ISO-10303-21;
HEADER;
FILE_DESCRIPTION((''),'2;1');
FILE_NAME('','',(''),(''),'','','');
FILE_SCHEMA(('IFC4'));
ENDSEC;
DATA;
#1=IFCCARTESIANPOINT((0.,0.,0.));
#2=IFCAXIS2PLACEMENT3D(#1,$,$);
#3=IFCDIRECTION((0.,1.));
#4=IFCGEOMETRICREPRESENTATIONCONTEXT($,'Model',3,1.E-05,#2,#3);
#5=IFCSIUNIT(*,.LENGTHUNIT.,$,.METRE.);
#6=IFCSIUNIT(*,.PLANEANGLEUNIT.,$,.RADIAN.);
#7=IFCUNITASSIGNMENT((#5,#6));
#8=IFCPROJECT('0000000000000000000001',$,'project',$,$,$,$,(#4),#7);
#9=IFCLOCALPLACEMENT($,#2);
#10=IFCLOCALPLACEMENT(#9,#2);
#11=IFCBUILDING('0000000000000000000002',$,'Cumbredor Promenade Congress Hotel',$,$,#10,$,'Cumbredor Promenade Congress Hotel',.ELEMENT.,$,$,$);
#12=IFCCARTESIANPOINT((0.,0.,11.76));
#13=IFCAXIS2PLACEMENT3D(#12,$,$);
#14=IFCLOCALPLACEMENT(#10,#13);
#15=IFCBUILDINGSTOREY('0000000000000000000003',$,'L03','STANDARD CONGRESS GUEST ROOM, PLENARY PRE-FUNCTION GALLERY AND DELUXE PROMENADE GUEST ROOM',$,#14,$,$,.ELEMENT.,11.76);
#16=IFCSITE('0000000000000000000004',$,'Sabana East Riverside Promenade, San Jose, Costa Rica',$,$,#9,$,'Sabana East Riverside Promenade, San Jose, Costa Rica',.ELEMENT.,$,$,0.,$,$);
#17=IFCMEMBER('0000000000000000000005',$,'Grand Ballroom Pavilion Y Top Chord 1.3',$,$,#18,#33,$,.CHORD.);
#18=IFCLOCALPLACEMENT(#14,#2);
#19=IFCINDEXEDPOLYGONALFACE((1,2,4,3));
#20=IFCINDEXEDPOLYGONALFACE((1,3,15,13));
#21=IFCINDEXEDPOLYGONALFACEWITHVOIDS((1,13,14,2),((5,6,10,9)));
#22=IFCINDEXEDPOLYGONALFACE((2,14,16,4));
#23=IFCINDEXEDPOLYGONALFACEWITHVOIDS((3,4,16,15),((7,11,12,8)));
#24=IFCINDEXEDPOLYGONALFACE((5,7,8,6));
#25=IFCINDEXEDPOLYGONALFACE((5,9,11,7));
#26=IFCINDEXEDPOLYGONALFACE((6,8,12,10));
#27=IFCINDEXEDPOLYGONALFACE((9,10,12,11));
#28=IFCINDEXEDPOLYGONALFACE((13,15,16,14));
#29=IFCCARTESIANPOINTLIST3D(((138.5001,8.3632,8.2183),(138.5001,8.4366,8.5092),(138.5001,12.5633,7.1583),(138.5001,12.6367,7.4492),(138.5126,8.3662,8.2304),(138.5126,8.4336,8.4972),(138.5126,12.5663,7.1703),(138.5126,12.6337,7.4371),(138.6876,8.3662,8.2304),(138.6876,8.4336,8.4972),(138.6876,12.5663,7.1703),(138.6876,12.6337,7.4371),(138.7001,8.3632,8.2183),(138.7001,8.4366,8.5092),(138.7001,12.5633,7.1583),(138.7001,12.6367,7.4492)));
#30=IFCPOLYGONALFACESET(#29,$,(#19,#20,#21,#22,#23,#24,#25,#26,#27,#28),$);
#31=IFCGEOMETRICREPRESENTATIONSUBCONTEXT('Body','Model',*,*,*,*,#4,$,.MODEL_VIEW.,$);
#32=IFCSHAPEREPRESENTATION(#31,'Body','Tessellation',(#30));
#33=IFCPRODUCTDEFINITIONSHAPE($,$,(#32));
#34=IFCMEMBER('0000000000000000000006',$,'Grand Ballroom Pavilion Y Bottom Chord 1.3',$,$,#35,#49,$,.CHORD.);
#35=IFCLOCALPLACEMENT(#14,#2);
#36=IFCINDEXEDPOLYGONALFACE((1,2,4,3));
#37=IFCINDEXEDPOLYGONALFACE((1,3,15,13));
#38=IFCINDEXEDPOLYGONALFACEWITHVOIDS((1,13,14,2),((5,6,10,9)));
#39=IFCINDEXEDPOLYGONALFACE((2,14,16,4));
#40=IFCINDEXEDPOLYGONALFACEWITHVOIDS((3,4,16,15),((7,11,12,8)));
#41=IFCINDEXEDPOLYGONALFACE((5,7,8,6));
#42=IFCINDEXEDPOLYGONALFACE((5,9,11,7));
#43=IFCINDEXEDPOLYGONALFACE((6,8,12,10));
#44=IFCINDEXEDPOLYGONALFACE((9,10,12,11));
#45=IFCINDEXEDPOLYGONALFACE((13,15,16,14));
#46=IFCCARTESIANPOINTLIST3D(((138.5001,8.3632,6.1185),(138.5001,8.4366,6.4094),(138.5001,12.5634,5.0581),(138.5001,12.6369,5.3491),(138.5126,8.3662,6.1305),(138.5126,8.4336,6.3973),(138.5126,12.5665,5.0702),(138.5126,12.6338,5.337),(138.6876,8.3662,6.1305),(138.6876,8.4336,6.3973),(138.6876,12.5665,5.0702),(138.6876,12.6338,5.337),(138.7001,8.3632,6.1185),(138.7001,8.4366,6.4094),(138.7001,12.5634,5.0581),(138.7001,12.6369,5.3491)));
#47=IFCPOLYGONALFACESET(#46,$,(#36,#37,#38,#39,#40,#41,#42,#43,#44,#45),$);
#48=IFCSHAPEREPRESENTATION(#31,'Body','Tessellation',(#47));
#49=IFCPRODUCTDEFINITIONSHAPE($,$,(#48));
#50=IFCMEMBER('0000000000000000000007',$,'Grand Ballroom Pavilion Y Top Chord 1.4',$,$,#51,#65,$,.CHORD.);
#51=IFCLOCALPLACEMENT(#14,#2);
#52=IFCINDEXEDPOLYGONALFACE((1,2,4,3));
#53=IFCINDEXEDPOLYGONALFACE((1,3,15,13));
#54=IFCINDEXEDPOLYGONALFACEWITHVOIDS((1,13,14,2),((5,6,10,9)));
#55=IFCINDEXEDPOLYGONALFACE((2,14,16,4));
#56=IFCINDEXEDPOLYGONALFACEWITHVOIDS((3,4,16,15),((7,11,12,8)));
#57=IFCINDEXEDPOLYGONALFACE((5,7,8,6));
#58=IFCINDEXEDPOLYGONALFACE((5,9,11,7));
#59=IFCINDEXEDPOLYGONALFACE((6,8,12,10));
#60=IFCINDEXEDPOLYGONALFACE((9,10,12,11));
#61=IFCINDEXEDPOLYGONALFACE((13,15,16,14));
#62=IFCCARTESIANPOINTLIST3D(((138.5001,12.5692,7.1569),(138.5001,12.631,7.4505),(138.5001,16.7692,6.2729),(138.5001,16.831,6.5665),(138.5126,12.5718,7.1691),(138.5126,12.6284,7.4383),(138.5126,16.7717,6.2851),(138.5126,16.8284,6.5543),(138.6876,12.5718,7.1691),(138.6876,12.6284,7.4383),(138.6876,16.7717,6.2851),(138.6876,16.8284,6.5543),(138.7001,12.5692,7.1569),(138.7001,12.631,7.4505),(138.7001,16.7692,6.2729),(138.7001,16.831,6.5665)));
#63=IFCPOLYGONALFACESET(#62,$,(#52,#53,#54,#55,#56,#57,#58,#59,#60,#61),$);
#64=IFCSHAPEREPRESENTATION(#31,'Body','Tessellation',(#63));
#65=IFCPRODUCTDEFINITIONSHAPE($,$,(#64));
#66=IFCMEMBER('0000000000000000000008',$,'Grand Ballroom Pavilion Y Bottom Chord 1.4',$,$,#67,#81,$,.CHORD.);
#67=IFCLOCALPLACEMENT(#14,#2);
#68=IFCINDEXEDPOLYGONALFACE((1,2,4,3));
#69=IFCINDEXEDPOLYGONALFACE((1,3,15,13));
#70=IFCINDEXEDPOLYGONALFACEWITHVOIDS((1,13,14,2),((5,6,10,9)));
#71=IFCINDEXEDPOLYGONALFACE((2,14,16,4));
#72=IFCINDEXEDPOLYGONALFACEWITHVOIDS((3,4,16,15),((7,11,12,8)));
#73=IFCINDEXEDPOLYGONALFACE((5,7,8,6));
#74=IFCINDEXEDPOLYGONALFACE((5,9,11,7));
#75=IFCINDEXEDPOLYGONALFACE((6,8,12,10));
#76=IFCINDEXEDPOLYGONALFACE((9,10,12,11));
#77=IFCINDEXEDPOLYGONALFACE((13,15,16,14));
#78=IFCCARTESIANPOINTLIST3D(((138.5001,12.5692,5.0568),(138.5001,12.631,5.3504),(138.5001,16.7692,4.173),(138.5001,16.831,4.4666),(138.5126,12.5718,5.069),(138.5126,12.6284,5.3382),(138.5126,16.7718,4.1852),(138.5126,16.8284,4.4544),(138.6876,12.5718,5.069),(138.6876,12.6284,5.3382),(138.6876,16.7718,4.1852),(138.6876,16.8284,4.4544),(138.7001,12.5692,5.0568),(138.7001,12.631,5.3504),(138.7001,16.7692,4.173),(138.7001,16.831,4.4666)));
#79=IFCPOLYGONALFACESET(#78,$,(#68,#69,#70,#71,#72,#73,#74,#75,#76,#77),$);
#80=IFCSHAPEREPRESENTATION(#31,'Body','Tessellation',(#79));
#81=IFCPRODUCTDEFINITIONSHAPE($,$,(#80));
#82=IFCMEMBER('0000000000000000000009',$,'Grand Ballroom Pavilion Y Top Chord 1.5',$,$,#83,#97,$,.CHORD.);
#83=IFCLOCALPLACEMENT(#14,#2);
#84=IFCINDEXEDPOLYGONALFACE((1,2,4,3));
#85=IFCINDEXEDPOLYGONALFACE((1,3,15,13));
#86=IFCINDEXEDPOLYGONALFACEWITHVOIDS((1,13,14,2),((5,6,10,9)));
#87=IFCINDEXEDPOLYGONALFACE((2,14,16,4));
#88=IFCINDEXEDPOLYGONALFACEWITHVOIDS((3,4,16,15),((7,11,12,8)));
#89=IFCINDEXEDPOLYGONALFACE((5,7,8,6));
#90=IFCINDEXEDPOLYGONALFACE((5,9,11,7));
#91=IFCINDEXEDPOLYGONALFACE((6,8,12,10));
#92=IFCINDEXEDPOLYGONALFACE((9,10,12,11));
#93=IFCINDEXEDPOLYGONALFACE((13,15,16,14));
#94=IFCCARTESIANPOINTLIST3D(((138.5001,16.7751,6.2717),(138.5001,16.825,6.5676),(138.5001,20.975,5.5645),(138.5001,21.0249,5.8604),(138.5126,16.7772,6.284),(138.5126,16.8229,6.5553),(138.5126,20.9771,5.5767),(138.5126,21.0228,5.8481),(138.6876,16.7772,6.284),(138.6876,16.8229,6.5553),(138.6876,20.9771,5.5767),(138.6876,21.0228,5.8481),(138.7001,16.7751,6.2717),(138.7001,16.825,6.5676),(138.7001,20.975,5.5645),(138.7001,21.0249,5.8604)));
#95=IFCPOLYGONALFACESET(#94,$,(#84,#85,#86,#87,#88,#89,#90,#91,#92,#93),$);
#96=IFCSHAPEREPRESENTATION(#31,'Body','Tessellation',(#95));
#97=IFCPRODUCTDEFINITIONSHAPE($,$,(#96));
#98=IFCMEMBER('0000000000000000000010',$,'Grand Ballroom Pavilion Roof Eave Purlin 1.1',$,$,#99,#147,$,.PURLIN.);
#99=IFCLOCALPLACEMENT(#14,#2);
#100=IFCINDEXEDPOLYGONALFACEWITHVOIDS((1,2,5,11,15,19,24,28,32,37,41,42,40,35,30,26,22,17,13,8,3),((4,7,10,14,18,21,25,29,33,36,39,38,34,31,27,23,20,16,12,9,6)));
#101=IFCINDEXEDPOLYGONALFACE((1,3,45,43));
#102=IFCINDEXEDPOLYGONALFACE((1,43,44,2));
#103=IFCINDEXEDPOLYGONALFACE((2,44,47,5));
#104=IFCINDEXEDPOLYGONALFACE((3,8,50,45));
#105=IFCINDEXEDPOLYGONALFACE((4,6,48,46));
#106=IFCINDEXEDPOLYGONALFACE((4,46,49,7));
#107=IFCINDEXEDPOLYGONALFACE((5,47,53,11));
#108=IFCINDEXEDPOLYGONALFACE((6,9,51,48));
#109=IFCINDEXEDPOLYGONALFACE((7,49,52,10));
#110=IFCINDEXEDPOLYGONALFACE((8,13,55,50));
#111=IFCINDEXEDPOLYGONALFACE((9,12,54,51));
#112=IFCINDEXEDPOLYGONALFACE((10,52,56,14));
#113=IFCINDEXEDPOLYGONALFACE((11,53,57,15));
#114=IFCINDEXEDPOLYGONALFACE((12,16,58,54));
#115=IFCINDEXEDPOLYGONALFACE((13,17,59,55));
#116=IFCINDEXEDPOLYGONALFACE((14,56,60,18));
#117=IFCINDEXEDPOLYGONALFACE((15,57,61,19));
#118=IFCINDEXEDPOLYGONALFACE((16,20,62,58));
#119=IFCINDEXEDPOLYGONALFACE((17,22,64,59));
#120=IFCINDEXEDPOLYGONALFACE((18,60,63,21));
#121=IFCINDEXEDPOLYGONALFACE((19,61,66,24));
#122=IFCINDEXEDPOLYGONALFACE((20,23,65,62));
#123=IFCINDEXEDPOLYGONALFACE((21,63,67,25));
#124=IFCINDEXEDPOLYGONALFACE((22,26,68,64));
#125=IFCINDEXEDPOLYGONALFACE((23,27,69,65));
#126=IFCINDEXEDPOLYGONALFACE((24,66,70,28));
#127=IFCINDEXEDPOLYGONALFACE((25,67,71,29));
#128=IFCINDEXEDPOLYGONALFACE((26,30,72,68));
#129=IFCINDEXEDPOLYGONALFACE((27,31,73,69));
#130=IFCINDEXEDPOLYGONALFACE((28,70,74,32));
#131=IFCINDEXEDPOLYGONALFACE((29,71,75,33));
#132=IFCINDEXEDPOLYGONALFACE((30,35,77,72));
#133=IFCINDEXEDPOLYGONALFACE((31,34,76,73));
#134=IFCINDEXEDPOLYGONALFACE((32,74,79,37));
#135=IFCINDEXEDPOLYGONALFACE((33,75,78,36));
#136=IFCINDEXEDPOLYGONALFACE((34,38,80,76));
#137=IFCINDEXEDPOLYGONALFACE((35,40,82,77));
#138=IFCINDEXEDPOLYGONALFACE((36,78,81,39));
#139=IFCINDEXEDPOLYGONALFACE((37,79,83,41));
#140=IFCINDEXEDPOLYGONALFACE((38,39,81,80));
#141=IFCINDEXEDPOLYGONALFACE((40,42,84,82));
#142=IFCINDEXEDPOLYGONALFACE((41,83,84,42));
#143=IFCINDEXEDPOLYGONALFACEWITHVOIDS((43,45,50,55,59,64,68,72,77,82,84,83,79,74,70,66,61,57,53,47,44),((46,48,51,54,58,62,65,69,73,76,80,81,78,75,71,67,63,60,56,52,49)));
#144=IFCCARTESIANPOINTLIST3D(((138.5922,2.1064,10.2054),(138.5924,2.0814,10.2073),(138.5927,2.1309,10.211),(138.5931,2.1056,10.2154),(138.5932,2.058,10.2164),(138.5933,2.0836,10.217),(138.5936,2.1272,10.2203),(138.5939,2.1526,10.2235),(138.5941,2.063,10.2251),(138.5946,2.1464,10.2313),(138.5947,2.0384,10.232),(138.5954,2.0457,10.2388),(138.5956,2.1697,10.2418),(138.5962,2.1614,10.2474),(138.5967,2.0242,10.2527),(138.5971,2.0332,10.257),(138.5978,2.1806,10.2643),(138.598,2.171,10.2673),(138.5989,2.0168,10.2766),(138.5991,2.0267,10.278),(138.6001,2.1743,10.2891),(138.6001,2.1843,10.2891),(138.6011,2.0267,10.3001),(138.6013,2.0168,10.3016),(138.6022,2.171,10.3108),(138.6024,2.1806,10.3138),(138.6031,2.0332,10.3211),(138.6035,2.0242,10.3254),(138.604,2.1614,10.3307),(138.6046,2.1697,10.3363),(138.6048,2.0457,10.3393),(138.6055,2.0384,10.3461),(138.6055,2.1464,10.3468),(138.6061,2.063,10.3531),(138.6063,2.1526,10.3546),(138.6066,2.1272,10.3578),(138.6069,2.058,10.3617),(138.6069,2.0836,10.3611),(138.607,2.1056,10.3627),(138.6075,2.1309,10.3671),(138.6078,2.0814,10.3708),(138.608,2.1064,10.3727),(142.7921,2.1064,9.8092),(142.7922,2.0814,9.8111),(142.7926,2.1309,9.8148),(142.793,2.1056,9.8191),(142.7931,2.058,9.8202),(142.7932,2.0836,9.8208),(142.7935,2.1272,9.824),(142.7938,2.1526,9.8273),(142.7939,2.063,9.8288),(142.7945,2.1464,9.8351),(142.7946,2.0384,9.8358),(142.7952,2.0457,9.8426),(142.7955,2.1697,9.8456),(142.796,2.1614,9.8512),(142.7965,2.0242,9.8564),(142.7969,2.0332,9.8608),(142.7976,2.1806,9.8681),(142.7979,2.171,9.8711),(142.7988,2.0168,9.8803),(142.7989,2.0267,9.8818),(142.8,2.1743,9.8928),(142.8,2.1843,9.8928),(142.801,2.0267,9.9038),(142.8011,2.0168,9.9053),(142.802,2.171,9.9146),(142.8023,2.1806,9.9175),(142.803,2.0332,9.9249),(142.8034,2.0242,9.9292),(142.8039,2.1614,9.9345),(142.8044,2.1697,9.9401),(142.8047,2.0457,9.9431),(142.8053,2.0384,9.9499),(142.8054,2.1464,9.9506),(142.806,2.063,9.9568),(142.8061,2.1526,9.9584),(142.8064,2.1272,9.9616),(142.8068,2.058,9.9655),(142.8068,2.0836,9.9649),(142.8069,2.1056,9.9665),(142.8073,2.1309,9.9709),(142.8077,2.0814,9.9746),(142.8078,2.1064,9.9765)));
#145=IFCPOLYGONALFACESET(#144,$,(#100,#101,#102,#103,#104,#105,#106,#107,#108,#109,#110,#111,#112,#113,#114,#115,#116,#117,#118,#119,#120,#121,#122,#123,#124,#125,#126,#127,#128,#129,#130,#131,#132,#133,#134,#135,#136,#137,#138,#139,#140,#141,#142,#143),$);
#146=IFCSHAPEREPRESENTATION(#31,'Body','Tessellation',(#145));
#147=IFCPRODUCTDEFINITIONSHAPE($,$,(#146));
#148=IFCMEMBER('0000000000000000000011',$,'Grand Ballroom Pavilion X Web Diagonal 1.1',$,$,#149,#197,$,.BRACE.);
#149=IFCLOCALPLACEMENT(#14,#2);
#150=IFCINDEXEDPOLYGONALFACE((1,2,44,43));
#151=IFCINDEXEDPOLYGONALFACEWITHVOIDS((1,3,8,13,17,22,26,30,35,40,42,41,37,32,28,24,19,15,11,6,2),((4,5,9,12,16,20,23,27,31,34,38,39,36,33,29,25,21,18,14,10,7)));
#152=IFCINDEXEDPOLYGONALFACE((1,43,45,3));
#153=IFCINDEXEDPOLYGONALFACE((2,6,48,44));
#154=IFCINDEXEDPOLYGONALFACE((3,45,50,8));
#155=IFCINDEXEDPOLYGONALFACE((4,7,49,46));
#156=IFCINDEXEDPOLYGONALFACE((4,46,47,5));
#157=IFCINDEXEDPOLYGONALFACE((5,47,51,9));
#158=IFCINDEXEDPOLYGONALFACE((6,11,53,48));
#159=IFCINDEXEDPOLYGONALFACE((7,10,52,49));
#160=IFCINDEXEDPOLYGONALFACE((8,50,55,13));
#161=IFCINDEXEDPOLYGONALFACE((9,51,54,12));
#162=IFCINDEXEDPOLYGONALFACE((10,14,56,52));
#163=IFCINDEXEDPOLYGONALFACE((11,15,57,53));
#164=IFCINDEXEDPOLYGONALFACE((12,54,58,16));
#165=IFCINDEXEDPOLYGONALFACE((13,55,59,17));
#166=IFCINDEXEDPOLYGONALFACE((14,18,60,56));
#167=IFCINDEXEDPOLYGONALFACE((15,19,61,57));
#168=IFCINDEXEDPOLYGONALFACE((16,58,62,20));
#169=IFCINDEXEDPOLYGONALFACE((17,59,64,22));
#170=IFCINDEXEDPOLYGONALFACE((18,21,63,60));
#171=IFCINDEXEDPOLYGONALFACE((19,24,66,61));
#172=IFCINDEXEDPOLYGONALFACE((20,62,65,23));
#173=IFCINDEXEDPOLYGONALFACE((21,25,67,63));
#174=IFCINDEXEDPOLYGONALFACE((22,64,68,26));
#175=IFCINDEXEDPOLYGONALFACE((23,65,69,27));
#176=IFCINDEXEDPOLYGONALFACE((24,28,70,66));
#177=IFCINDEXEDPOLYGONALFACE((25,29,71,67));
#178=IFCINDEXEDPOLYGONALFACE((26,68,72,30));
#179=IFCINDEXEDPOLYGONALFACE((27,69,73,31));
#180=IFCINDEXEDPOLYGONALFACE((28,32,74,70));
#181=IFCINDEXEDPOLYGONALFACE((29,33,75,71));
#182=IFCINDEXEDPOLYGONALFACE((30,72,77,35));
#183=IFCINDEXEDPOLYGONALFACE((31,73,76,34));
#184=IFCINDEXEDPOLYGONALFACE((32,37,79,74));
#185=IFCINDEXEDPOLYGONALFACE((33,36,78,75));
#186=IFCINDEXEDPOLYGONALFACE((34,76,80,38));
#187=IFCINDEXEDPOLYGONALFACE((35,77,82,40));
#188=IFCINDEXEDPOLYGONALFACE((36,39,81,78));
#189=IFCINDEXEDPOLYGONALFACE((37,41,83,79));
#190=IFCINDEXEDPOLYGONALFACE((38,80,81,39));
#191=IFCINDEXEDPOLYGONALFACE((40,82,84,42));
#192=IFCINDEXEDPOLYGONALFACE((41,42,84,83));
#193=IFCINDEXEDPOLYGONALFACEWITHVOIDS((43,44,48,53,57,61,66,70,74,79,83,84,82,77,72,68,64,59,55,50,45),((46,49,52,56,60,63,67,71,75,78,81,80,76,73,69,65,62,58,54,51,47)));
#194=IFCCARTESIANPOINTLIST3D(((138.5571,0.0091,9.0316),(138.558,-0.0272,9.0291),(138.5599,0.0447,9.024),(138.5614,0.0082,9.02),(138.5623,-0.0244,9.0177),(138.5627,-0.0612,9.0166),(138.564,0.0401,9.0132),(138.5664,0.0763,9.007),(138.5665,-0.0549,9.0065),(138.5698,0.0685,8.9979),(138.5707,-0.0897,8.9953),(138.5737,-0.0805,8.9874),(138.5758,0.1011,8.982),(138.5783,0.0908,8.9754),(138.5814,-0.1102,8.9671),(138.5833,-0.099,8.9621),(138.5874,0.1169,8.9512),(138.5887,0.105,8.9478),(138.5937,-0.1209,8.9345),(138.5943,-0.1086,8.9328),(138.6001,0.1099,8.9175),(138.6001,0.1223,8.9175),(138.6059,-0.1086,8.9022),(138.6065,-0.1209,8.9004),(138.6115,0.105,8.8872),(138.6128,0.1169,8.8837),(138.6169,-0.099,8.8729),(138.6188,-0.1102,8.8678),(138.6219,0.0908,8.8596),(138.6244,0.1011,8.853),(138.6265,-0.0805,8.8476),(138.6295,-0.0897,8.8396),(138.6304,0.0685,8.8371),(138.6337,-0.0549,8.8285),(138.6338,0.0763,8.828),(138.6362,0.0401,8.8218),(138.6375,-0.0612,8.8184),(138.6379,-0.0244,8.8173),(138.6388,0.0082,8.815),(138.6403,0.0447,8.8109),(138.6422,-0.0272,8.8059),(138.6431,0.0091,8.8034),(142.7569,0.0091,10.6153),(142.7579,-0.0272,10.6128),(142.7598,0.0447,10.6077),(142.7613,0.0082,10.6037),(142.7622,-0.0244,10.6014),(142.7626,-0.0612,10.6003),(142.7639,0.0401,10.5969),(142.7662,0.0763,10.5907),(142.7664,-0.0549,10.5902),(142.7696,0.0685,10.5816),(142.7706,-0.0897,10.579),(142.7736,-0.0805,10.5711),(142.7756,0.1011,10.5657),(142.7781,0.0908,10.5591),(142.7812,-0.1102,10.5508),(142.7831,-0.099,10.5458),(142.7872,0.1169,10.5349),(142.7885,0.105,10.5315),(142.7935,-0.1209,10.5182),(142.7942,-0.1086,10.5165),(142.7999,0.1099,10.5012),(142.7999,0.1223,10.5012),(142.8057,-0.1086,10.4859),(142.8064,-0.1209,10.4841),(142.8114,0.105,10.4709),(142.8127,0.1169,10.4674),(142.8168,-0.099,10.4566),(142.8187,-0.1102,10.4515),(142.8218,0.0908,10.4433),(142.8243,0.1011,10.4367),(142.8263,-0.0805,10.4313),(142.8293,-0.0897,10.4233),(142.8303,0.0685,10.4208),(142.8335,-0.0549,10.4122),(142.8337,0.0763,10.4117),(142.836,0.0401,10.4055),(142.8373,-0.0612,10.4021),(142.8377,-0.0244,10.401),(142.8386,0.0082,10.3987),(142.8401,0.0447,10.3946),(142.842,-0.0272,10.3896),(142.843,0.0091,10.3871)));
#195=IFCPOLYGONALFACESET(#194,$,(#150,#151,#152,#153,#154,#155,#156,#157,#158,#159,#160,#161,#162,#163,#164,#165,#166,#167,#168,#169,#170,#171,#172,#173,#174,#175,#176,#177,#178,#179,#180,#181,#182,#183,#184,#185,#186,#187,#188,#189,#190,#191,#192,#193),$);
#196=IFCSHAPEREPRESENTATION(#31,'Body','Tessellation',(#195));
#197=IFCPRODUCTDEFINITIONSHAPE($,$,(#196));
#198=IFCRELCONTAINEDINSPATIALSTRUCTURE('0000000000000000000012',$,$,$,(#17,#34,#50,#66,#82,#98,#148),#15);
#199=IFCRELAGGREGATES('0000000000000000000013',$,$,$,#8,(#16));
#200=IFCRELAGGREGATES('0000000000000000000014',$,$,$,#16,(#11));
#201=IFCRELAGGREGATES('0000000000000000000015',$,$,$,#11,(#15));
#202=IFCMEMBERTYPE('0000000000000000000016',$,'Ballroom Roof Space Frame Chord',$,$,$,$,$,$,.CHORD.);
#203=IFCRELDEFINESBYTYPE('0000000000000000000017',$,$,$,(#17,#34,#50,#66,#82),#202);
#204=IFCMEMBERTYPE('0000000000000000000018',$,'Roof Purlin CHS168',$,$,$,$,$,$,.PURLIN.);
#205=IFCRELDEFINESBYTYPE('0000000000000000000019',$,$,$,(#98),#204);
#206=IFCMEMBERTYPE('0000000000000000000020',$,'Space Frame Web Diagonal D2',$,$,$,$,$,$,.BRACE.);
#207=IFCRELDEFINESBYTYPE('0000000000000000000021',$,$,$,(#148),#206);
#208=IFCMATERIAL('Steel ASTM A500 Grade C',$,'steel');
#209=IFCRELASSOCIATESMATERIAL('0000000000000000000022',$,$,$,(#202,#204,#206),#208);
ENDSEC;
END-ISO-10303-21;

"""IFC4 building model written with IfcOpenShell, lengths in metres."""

from ifc_helpers import new_model, si_unit, direction, frame, origin, origin_2d, place, context, subcontext, project, spatial, hollow_rectangle, hollow_circle, extrude, material, material_profile, profile_set, type_object, element, save


model = new_model("IFC4")

# Units and contexts
model_context = context("Model", 3, precision=1e-05, world=origin(), true_north=direction((0.0, 1.0)))
body_context = subcontext(model_context, "Body", "Model", "MODEL_VIEW")
ifc_project = project(units=[si_unit("LENGTHUNIT", "METRE"), si_unit("PLANEANGLEUNIT", "RADIAN")], contexts=[model_context])

# Site, building, storey
site_placement = place(None, origin())
site = spatial("IfcSite", under=ifc_project, at=site_placement, Name="Sabana East Riverside Promenade, San Jose, Costa Rica", LongName="Sabana East Riverside Promenade, San Jose, Costa Rica", CompositionType="ELEMENT", RefElevation=0.0)
building_placement = place(site_placement, origin())
building = spatial("IfcBuilding", under=site, at=building_placement, Name="Cumbredor Promenade Congress Hotel", LongName="Cumbredor Promenade Congress Hotel", CompositionType="ELEMENT")
storey_placement = place(building_placement, frame((0.0, 0.0, 11.76)))
storey = spatial("IfcBuildingStorey", under=building, at=storey_placement, Name="L03", Description="STANDARD CONGRESS GUEST ROOM, PLENARY PRE-FUNCTION GALLERY AND DELUXE PROMENADE GUEST ROOM", CompositionType="ELEMENT", Elevation=11.76)

# Members
ifc_material_1 = material(Name="Steel ASTM A500 Grade C", Category="steel")
ifc_material_profile_1 = material_profile(ifc_material_1, hollow_rectangle(XDim=0.2, YDim=0.3, WallThickness=0.0125, at=origin_2d()), Name="HSS 300x200x12.5")
ifc_profile_set_1 = profile_set([ifc_material_profile_1], Name="Steel ASTM A500 Grade C")
member_type_1 = type_object("IfcMemberType", Name="Ballroom Roof Space Frame Chord", PredefinedType="CHORD", material=ifc_profile_set_1)
member_1_placement = place(storey_placement, frame((138.6001, 8.3999, 8.3638), z_axis=(0.0, 0.969596, -0.24471), x_axis=(-1.0, 0.0, 0.0)))
element("IfcMember", 1, at=member_1_placement, inside=storey, type_object=member_type_1, Name="Grand Ballroom Pavilion Y Top Chord 1.3", PredefinedType="CHORD", context=body_context, shape_type="SweptSolid", body=[
    extrude(hollow_rectangle(XDim=0.2, YDim=0.3, WallThickness=0.0125, at=origin_2d()), origin(), (0.0, 0.0, 1.0), 4.3318),
])
member_2_placement = place(storey_placement, frame((138.6001, 8.3999, 6.2639), z_axis=(0.0, 0.969583, -0.244763), x_axis=(-1.0, 0.0, 0.0)))
element("IfcMember", 2, at=member_2_placement, inside=storey, type_object=member_type_1, Name="Grand Ballroom Pavilion Y Bottom Chord 1.3", PredefinedType="CHORD", context=body_context, shape_type="SweptSolid", body=[
    extrude(hollow_rectangle(XDim=0.2, YDim=0.3, WallThickness=0.0125, at=origin_2d()), origin(), (0.0, 0.0, 1.0), 4.332),
])
for number, where, z_axis, x_axis, name in (
    (3, (138.6001, 12.6001, 7.3037), (0.0, 0.978558, -0.205973), (-1.0, 0.0, 0.0), "Grand Ballroom Pavilion Y Top Chord 1.4"),
    (4, (138.6001, 12.6001, 5.2036), (0.0, 0.978569, -0.205919), (-1.0, 0.0, 0.0), "Grand Ballroom Pavilion Y Bottom Chord 1.4"),
):
    element("IfcMember", number, at=place(storey_placement, frame(where, z_axis=z_axis, x_axis=x_axis)), inside=storey, type_object=member_type_1, Name=name, PredefinedType="CHORD", context=body_context, shape_type="SweptSolid", body=[
        extrude(hollow_rectangle(XDim=0.2, YDim=0.3, WallThickness=0.0125, at=origin_2d()), origin(), (0.0, 0.0, 1.0), 4.292),
    ])
member_3_placement = place(storey_placement, frame((138.6001, 16.8, 6.4197), z_axis=(0.0, 0.986115, -0.166063), x_axis=(-1.0, 0.0, 0.0)))
element("IfcMember", 5, at=member_3_placement, inside=storey, type_object=member_type_1, Name="Grand Ballroom Pavilion Y Top Chord 1.5", PredefinedType="CHORD", context=body_context, shape_type="SweptSolid", body=[
    extrude(hollow_rectangle(XDim=0.2, YDim=0.3, WallThickness=0.0125, at=origin_2d()), origin(), (0.0, 0.0, 1.0), 4.259),
])
ifc_material_profile_2 = material_profile(ifc_material_1, hollow_circle(Radius=0.0842, WallThickness=0.01, at=origin_2d()), Name="CHS 168.3x10")
ifc_profile_set_2 = profile_set([ifc_material_profile_2], Name="Steel ASTM A500 Grade C")
member_type_2 = type_object("IfcMemberType", Name="Roof Purlin CHS168", PredefinedType="PURLIN", material=ifc_profile_set_2)
member_4_placement = place(storey_placement, frame((138.6001, 2.1001, 10.2891), z_axis=(0.995579, 0.0, -0.093927), x_axis=(0.0, 1.0, 0.0)))
element("IfcMember", 6, at=member_4_placement, inside=storey, type_object=member_type_2, Name="Grand Ballroom Pavilion Roof Eave Purlin 1.1", PredefinedType="PURLIN", context=body_context, shape_type="SweptSolid", body=[
    extrude(hollow_circle(Radius=0.0842, WallThickness=0.01, at=origin_2d()), origin(), (0.0, 0.0, 1.0), 4.2185),
])
ifc_material_profile_3 = material_profile(ifc_material_1, hollow_circle(Radius=0.1223, WallThickness=0.0125, at=origin_2d()), Name="CHS 244.5x12.5")
ifc_profile_set_3 = profile_set([ifc_material_profile_3], Name="Steel ASTM A500 Grade C")
member_type_3 = type_object("IfcMemberType", Name="Space Frame Web Diagonal D2", PredefinedType="BRACE", material=ifc_profile_set_3)
member_5_placement = place(storey_placement, frame((138.6001, 0.0, 8.9175), z_axis=(0.935686, 0.0, 0.352834), x_axis=(0.0, 1.0, 0.0)))
element("IfcMember", 7, at=member_5_placement, inside=storey, type_object=member_type_3, Name="Grand Ballroom Pavilion X Web Diagonal 1.1", PredefinedType="BRACE", context=body_context, shape_type="SweptSolid", body=[
    extrude(hollow_circle(Radius=0.1223, WallThickness=0.0125, at=origin_2d()), origin(), (0.0, 0.0, 1.0), 4.4885),
])

save(model, "model.ifc")
